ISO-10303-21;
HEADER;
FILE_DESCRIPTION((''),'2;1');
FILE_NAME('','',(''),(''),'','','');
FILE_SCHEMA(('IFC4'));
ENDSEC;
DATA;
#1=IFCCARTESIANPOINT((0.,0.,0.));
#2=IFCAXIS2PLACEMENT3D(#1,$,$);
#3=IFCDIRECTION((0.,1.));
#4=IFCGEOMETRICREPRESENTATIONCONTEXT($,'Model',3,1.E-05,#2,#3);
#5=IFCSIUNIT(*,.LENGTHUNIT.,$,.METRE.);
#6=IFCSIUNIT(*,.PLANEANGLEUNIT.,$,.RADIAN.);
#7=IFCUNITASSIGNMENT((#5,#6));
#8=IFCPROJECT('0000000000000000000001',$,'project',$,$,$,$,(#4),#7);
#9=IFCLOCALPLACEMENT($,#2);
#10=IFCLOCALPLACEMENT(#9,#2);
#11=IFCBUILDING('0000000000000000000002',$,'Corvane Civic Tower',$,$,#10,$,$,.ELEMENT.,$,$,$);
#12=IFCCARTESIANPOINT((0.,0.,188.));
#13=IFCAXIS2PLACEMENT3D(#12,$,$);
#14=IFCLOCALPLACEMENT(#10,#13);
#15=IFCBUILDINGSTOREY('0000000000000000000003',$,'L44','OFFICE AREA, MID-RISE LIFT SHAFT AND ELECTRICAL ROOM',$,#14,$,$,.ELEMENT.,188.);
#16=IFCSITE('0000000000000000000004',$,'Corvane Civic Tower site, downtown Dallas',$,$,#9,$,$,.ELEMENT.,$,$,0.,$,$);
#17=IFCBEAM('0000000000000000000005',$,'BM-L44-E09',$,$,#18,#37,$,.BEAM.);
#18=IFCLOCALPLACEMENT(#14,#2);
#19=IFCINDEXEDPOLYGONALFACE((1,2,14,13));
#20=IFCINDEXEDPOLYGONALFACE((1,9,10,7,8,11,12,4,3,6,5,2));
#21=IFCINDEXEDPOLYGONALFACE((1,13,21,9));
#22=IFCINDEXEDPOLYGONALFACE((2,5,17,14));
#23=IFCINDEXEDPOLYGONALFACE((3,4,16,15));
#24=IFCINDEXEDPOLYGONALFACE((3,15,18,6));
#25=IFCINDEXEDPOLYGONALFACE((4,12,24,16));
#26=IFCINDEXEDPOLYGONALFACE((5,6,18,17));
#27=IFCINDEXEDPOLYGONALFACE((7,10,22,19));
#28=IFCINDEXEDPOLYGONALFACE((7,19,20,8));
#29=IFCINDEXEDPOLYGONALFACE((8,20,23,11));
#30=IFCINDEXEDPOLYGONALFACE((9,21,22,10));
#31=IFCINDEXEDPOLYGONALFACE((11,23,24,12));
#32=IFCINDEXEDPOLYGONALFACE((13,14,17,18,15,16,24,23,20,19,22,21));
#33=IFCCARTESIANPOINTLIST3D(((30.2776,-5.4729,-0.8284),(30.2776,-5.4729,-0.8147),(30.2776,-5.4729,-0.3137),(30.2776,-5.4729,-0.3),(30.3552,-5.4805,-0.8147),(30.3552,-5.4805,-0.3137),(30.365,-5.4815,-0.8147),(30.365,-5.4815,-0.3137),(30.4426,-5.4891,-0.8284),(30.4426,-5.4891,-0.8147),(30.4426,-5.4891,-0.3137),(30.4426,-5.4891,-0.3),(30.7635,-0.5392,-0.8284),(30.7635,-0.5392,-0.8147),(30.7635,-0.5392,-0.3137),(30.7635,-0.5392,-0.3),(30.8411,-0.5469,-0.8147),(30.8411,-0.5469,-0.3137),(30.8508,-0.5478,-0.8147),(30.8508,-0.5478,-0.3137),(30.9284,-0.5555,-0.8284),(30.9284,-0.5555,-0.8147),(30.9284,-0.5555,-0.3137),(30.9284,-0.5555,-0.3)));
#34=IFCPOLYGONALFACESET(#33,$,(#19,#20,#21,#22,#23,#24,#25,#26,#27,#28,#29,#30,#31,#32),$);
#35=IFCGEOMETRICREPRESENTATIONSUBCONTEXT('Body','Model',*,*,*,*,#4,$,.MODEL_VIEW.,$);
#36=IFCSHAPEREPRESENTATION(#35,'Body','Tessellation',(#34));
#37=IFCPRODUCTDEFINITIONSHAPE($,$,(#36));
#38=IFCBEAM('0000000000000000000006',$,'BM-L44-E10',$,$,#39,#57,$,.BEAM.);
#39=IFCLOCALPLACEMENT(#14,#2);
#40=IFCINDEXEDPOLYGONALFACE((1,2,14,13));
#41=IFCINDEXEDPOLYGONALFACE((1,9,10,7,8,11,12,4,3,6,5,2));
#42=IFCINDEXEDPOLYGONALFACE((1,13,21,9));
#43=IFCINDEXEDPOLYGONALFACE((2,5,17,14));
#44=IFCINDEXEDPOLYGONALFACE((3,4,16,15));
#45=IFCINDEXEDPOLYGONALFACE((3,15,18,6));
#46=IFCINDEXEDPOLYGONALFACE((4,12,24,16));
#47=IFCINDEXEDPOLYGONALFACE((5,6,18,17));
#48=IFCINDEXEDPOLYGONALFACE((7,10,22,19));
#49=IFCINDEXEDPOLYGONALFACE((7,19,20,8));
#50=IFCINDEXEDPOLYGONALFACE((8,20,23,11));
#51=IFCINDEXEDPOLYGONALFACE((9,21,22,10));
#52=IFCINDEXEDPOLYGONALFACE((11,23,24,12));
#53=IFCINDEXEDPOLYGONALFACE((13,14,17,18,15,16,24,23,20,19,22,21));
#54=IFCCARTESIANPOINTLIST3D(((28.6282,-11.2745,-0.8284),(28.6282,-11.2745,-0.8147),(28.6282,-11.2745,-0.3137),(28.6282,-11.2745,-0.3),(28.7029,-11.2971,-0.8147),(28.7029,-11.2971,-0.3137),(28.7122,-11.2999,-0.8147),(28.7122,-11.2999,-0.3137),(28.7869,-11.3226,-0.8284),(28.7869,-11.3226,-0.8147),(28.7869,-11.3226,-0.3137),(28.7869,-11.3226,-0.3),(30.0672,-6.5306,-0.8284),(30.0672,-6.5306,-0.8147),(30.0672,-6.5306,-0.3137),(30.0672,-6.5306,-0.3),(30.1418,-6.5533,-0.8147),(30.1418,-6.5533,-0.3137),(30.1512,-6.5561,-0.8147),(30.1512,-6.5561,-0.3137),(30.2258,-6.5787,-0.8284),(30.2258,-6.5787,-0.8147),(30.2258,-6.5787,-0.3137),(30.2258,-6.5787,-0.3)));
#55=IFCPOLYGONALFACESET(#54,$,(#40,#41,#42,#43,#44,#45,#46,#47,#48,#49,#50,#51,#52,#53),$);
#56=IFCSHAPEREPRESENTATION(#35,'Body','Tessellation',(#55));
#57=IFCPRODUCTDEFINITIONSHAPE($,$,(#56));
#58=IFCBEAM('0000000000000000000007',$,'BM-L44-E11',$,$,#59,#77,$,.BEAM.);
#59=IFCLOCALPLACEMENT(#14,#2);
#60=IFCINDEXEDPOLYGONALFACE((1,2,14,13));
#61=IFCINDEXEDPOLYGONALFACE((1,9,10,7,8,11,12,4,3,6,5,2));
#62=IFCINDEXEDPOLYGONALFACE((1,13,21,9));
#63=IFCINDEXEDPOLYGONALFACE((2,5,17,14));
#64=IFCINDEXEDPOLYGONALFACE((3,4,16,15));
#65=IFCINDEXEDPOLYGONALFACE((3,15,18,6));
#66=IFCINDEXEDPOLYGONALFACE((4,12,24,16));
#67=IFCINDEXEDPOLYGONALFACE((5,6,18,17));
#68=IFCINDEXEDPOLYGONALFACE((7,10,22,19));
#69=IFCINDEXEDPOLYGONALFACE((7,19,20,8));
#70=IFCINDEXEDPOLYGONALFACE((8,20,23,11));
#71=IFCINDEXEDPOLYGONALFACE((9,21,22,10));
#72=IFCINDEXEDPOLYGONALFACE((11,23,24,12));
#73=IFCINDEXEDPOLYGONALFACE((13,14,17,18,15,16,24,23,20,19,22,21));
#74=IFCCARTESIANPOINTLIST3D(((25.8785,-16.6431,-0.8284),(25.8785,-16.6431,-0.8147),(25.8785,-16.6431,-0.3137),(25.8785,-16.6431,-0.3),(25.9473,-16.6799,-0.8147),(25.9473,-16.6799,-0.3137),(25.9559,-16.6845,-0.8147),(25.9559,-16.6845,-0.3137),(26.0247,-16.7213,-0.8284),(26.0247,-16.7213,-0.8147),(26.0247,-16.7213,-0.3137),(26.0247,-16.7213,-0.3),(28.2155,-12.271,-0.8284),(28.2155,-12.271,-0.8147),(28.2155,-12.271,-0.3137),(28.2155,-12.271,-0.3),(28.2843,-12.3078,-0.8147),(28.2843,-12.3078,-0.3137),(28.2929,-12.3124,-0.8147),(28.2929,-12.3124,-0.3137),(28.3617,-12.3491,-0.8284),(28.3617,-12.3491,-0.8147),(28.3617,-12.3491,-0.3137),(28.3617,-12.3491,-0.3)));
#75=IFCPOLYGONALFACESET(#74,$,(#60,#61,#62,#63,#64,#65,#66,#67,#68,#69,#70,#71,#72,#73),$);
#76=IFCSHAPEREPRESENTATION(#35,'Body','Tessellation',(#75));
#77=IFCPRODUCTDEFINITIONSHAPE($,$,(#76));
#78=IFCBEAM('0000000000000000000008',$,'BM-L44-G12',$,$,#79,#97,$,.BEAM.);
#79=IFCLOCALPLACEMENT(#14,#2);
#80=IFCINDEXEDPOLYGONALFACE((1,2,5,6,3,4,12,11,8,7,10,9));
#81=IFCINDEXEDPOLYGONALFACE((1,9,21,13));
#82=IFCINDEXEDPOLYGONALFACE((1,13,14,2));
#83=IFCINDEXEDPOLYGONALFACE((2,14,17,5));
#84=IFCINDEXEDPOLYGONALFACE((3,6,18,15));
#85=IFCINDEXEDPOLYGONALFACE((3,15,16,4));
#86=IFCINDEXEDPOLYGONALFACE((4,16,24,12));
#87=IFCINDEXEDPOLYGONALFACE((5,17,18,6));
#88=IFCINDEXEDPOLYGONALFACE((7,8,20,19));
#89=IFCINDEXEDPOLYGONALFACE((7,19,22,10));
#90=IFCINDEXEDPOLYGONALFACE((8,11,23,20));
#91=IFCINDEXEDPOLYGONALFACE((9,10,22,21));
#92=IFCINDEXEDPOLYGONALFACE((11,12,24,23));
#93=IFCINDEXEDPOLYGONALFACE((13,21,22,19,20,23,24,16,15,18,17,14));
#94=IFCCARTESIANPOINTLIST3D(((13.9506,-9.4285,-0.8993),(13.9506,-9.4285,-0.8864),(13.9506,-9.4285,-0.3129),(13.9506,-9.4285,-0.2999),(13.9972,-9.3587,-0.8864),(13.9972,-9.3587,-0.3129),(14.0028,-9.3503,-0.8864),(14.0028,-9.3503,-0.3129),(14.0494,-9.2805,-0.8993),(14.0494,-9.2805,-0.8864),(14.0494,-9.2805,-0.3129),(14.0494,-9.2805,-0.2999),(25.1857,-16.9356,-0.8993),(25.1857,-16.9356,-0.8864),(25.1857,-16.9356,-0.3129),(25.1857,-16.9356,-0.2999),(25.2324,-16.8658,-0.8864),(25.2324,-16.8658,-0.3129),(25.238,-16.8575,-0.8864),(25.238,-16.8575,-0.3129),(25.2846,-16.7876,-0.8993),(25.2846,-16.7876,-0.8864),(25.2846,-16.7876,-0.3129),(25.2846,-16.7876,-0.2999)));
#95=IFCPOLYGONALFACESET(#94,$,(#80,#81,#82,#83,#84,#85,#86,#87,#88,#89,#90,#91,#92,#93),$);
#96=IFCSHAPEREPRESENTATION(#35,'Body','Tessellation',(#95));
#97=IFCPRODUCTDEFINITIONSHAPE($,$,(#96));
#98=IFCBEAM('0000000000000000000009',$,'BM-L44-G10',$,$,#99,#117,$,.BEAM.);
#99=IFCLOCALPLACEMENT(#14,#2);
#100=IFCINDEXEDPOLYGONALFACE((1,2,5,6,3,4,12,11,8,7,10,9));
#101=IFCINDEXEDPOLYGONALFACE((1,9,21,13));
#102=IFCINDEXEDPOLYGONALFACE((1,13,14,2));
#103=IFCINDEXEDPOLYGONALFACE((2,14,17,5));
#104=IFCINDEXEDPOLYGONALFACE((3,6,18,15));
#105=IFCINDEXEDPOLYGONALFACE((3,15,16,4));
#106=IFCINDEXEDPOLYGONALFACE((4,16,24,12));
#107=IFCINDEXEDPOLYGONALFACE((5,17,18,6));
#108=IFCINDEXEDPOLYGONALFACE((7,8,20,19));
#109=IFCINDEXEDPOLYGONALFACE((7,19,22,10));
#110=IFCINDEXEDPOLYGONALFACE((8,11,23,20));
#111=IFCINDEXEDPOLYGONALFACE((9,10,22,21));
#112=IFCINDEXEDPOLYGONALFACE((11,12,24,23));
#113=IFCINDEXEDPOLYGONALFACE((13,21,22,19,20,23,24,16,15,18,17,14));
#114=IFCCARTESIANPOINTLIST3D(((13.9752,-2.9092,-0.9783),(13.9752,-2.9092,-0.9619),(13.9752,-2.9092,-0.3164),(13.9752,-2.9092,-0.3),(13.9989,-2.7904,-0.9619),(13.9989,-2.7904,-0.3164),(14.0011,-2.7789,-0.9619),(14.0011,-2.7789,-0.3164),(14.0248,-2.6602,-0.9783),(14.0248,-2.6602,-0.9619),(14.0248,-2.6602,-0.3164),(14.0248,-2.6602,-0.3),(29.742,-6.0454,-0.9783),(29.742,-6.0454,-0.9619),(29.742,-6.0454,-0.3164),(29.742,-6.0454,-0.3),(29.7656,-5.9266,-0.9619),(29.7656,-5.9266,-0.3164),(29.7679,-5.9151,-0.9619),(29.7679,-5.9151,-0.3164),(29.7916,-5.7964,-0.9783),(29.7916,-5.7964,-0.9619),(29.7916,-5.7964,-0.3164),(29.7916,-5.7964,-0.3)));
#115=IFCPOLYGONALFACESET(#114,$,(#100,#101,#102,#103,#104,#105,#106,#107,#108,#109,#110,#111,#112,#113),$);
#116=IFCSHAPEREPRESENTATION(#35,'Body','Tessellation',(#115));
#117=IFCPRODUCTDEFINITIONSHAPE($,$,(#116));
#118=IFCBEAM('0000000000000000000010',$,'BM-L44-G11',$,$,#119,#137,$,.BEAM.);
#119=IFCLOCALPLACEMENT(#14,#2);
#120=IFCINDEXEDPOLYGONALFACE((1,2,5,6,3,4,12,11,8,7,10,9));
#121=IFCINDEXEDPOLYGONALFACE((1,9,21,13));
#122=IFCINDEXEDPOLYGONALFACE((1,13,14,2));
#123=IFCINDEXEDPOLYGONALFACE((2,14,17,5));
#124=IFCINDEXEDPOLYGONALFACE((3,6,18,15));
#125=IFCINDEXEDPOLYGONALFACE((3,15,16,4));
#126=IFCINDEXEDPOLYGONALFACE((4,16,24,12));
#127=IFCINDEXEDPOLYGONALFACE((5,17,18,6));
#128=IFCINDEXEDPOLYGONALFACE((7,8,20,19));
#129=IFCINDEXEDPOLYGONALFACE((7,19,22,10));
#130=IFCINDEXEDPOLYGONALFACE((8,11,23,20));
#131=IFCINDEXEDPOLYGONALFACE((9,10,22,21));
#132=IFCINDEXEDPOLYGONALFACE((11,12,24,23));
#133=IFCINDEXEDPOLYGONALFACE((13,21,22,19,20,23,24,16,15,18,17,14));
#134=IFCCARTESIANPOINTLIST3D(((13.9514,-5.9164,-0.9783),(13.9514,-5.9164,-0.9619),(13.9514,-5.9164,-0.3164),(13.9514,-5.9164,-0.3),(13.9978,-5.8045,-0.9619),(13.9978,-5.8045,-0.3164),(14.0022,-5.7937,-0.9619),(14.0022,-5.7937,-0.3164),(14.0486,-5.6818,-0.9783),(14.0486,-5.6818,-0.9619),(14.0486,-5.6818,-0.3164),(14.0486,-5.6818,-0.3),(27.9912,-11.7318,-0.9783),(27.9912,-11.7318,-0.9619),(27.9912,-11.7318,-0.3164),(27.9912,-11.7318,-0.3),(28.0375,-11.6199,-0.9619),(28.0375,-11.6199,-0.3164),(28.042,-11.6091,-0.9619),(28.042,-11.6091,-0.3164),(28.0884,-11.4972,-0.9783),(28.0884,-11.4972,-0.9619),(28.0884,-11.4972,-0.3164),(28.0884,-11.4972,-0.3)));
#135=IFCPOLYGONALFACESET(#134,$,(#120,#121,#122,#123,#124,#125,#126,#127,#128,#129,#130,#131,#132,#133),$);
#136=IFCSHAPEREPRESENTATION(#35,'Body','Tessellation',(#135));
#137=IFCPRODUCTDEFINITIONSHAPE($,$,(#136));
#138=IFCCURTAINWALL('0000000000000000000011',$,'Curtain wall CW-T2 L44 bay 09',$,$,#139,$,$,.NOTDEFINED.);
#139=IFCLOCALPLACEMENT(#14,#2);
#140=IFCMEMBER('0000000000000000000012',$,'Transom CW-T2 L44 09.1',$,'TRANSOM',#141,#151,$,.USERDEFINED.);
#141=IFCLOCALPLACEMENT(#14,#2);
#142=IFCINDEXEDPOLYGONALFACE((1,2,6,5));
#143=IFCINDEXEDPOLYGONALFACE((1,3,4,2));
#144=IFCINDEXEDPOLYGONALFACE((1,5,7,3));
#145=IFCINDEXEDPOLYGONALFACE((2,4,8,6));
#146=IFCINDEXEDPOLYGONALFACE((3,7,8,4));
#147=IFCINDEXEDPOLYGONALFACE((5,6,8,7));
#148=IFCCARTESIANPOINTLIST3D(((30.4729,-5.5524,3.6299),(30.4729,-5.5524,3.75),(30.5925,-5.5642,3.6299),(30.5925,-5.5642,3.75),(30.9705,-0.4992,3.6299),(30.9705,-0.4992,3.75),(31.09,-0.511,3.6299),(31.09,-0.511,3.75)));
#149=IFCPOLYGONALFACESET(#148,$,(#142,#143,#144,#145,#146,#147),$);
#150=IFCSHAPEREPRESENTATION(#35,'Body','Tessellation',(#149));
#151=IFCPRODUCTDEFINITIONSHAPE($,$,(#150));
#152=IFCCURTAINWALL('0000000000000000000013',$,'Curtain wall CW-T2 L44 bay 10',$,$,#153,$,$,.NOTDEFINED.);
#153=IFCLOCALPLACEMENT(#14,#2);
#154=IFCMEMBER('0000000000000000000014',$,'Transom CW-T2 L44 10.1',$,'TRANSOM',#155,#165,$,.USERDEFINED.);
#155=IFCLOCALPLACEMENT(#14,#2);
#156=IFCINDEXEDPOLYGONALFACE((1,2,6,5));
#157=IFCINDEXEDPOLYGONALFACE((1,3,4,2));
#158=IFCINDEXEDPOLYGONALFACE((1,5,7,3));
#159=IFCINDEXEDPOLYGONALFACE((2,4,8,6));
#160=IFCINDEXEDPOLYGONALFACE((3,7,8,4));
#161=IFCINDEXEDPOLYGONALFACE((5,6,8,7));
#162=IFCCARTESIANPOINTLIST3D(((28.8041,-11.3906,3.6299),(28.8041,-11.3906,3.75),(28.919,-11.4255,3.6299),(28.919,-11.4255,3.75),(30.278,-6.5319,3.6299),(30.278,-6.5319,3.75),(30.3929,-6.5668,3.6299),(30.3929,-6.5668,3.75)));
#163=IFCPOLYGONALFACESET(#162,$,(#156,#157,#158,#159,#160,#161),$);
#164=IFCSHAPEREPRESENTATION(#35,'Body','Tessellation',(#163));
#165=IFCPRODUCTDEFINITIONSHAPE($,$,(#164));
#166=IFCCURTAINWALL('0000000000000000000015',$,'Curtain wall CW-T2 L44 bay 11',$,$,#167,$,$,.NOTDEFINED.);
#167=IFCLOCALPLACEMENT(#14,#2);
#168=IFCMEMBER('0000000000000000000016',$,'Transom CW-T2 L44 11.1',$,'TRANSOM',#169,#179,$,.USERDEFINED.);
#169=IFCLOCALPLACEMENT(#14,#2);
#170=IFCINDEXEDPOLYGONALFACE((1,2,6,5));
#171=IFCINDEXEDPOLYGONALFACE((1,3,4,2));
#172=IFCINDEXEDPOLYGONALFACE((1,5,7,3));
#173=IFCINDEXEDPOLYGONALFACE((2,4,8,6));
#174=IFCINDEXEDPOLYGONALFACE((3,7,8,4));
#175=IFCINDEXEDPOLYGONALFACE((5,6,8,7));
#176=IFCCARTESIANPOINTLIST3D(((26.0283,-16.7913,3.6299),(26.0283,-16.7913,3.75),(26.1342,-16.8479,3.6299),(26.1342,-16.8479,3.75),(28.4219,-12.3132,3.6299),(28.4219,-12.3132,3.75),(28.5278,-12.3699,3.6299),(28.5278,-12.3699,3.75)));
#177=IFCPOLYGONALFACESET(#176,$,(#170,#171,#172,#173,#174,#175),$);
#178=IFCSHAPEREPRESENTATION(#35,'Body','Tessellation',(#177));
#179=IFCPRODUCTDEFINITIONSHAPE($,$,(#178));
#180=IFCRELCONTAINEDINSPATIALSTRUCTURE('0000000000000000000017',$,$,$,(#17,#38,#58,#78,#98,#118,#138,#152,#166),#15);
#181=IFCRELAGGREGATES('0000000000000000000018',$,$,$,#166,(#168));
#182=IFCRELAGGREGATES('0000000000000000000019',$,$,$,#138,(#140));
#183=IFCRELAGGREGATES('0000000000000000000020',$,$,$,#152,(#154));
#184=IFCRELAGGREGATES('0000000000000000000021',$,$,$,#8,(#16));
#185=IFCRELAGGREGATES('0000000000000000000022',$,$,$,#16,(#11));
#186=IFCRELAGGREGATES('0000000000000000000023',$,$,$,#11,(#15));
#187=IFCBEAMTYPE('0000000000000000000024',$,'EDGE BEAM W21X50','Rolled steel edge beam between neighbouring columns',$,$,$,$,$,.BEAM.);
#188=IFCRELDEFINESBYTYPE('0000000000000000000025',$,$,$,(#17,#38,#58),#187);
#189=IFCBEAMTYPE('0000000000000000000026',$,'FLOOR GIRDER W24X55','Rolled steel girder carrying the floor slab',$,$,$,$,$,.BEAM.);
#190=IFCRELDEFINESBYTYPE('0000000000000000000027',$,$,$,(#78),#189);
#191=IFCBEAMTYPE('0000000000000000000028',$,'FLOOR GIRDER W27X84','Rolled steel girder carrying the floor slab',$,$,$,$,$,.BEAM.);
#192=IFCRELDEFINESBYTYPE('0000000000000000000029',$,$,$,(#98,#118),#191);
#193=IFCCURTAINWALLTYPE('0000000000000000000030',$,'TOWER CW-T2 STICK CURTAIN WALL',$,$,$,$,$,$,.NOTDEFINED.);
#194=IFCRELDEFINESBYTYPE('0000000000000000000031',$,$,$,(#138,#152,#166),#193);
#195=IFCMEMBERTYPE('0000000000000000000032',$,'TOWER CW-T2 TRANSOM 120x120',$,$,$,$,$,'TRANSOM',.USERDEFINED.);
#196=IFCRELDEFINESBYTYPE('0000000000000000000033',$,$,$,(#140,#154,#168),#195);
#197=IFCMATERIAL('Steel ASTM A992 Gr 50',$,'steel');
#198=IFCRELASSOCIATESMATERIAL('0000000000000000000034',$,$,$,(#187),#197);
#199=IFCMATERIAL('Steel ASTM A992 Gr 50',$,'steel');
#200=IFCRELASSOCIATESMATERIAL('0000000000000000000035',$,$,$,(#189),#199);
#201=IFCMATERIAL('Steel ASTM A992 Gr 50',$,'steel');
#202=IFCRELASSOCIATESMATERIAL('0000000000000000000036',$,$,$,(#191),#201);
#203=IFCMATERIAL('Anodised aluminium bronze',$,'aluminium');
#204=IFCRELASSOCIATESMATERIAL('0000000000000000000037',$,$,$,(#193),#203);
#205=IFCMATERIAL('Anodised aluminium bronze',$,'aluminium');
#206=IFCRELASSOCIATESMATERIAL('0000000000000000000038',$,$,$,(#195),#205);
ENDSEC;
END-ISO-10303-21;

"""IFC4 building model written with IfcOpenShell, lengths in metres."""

from ifc_helpers import new_model, si_unit, direction, frame, origin, origin_2d, place, context, subcontext, project, spatial, rectangle, i_section, extrude, material, material_profile, profile_set, type_object, element, aggregate, save


model = new_model("IFC4")

# Units and contexts
model_context = context("Model", 3, precision=1e-05, world=origin(), true_north=direction((0.0, 1.0)))
body_context = subcontext(model_context, "Body", "Model", "MODEL_VIEW")
ifc_project = project(units=[si_unit("LENGTHUNIT", "METRE"), si_unit("PLANEANGLEUNIT", "RADIAN")], contexts=[model_context])

# Site, building, storey
site_placement = place(None, origin())
site = spatial("IfcSite", under=ifc_project, at=site_placement, Name="Corvane Civic Tower site, downtown Dallas", CompositionType="ELEMENT", RefElevation=0.0)
building_placement = place(site_placement, origin())
building = spatial("IfcBuilding", under=site, at=building_placement, Name="Corvane Civic Tower", CompositionType="ELEMENT")
storey_placement = place(building_placement, frame((0.0, 0.0, 188.0)))
storey = spatial("IfcBuildingStorey", under=building, at=storey_placement, Name="L44", Description="OFFICE AREA, MID-RISE LIFT SHAFT AND ELECTRICAL ROOM", CompositionType="ELEMENT", Elevation=188.0)

# Beams
ifc_material_1 = material(Name="Steel ASTM A992 Gr 50", Category="steel")
ifc_material_profile_1 = material_profile(ifc_material_1, i_section(OverallWidth=0.1658, OverallDepth=0.5283, WebThickness=0.0098, FlangeThickness=0.0137, at=origin_2d()), Name="W21X50")
ifc_profile_set_1 = profile_set([ifc_material_profile_1], Name="Steel ASTM A992 Gr 50")
beam_type_1 = type_object("IfcBeamType", Name="EDGE BEAM W21X50", Description="Rolled steel edge beam between neighbouring columns", PredefinedType="BEAM", material=ifc_profile_set_1)
beam_1_placement = place(storey_placement, frame((30.8459, -0.5474, -0.5642), z_axis=(-0.098002, -0.995186, 0.0), x_axis=(0.995186, -0.098002, 0.0)))
element("IfcBeam", 1, at=beam_1_placement, inside=storey, type_object=beam_type_1, Name="BM-L44-E09", PredefinedType="BEAM", context=body_context, shape_type="SweptSolid", body=[
    extrude(i_section(OverallWidth=0.1658, OverallDepth=0.5283, WebThickness=0.0098, FlangeThickness=0.0137, at=origin_2d()), origin(), (0.0, 0.0, 1.0), 4.9575),
])
beam_2_placement = place(storey_placement, frame((30.1465, -6.5547, -0.5642), z_axis=(-0.29027, -0.956945, 0.0), x_axis=(0.956945, -0.29027, 0.0)))
element("IfcBeam", 2, at=beam_2_placement, inside=storey, type_object=beam_type_1, Name="BM-L44-E10", PredefinedType="BEAM", context=body_context, shape_type="SweptSolid", body=[
    extrude(i_section(OverallWidth=0.1658, OverallDepth=0.5283, WebThickness=0.0098, FlangeThickness=0.0137, at=origin_2d()), origin(), (0.0, 0.0, 1.0), 4.9573),
])
beam_3_placement = place(storey_placement, frame((28.2886, -12.3101, -0.5642), z_axis=(-0.471396, -0.881922, 0.0), x_axis=(0.881922, -0.471396, 0.0)))
element("IfcBeam", 3, at=beam_3_placement, inside=storey, type_object=beam_type_1, Name="BM-L44-E11", PredefinedType="BEAM", context=body_context, shape_type="SweptSolid", body=[
    extrude(i_section(OverallWidth=0.1658, OverallDepth=0.5283, WebThickness=0.0098, FlangeThickness=0.0137, at=origin_2d()), origin(), (0.0, 0.0, 1.0), 4.9575),
])
ifc_material_2 = material(Name="Steel ASTM A992 Gr 50", Category="steel")
ifc_material_profile_2 = material_profile(ifc_material_2, i_section(OverallWidth=0.178, OverallDepth=0.5994, WebThickness=0.01, FlangeThickness=0.0129, at=origin_2d()), Name="W24X55")
ifc_profile_set_2 = profile_set([ifc_material_profile_2], Name="Steel ASTM A992 Gr 50")
beam_type_2 = type_object("IfcBeamType", Name="FLOOR GIRDER W24X55", Description="Rolled steel girder carrying the floor slab", PredefinedType="BEAM", material=ifc_profile_set_2)
beam_4_placement = place(storey_placement, frame((14.0, -9.3545, -0.5996), z_axis=(0.831469, -0.555571, 0.0), x_axis=(0.555571, 0.831469, 0.0)))
element("IfcBeam", 4, at=beam_4_placement, inside=storey, type_object=beam_type_2, Name="BM-L44-G12", PredefinedType="BEAM", context=body_context, shape_type="SweptSolid", body=[
    extrude(i_section(OverallWidth=0.178, OverallDepth=0.5994, WebThickness=0.01, FlangeThickness=0.0129, at=origin_2d()), origin(), (0.0, 0.0, 1.0), 13.5125),
])
ifc_material_3 = material(Name="Steel ASTM A992 Gr 50", Category="steel")
ifc_material_profile_3 = material_profile(ifc_material_3, i_section(OverallWidth=0.2539, OverallDepth=0.6782, WebThickness=0.0117, FlangeThickness=0.0164, at=origin_2d()), Name="W27X84")
ifc_profile_set_3 = profile_set([ifc_material_profile_3], Name="Steel ASTM A992 Gr 50")
beam_type_3 = type_object("IfcBeamType", Name="FLOOR GIRDER W27X84", Description="Rolled steel girder carrying the floor slab", PredefinedType="BEAM", material=ifc_profile_set_3)
beam_5_placement = place(storey_placement, frame((14.0, -2.7847, -0.6392), z_axis=(0.980785, -0.195091, 0.0), x_axis=(0.195091, 0.980785, 0.0)))
element("IfcBeam", 5, at=beam_5_placement, inside=storey, type_object=beam_type_3, Name="BM-L44-G10", PredefinedType="BEAM", context=body_context, shape_type="SweptSolid", body=[
    extrude(i_section(OverallWidth=0.2539, OverallDepth=0.6782, WebThickness=0.0117, FlangeThickness=0.0164, at=origin_2d()), origin(), (0.0, 0.0, 1.0), 16.0757),
])
beam_6_placement = place(storey_placement, frame((14.0, -5.7991, -0.6392), z_axis=(0.923881, -0.382681, 0.0), x_axis=(0.382681, 0.923881, 0.0)))
element("IfcBeam", 6, at=beam_6_placement, inside=storey, type_object=beam_type_3, Name="BM-L44-G11", PredefinedType="BEAM", context=body_context, shape_type="SweptSolid", body=[
    extrude(i_section(OverallWidth=0.2539, OverallDepth=0.6782, WebThickness=0.0117, FlangeThickness=0.0164, at=origin_2d()), origin(), (0.0, 0.0, 1.0), 15.1965),
])

# Curtain walls, members
ifc_material_4 = material(Name="Anodised aluminium bronze", Category="aluminium")
curtain_wall_type = type_object("IfcCurtainWallType", Name="TOWER CW-T2 STICK CURTAIN WALL", PredefinedType="NOTDEFINED", material=ifc_material_4)
curtain_wall_1_placement = place(storey_placement, origin())
curtain_wall_1 = element("IfcCurtainWall", 7, at=curtain_wall_1_placement, inside=storey, type_object=curtain_wall_type, Name="Curtain wall CW-T2 L44 bay 09", PredefinedType="NOTDEFINED")
ifc_material_5 = material(Name="Anodised aluminium bronze", Category="aluminium")
ifc_material_profile_4 = material_profile(ifc_material_5, rectangle(XDim=0.1201, YDim=0.1201, at=origin_2d()), Name="TOWER CW-T2 TRANSOM 120x120")
ifc_profile_set_4 = profile_set([ifc_material_profile_4], Name="Anodised aluminium bronze")
member_type = type_object("IfcMemberType", Name="TOWER CW-T2 TRANSOM 120x120", ElementType="TRANSOM", PredefinedType="USERDEFINED", material=ifc_profile_set_4)
member_1_placement = place(storey_placement, frame((31.0303, -0.5051, 3.6899), z_axis=(-0.09799, -0.995187, 0.0), x_axis=(0.995187, -0.09799, 0.0)))
member_1 = element("IfcMember", 8, at=member_1_placement, type_object=member_type, Name="Transom CW-T2 L44 09.1", ObjectType="TRANSOM", PredefinedType="USERDEFINED", context=body_context, shape_type="SweptSolid", body=[
    extrude(rectangle(XDim=0.1201, YDim=0.1201, at=origin_2d()), origin(), (0.0, 0.0, 1.0), 5.0776),
])
curtain_wall_2_placement = place(storey_placement, origin())
curtain_wall_2 = element("IfcCurtainWall", 9, at=curtain_wall_2_placement, inside=storey, type_object=curtain_wall_type, Name="Curtain wall CW-T2 L44 bay 10", PredefinedType="NOTDEFINED")
member_2_placement = place(storey_placement, frame((30.3354, -6.5493, 3.6899), z_axis=(-0.290289, -0.956939, 0.0), x_axis=(0.956939, -0.290289, 0.0)))
member_2 = element("IfcMember", 10, at=member_2_placement, type_object=member_type, Name="Transom CW-T2 L44 10.1", ObjectType="TRANSOM", PredefinedType="USERDEFINED", context=body_context, shape_type="SweptSolid", body=[
    extrude(rectangle(XDim=0.1201, YDim=0.1201, at=origin_2d()), origin(), (0.0, 0.0, 1.0), 5.0774),
])
curtain_wall_3_placement = place(storey_placement, origin())
curtain_wall_3 = element("IfcCurtainWall", 11, at=curtain_wall_3_placement, inside=storey, type_object=curtain_wall_type, Name="Curtain wall CW-T2 L44 bay 11", PredefinedType="NOTDEFINED")
member_3_placement = place(storey_placement, frame((28.4749, -12.3416, 3.6899), z_axis=(-0.471397, -0.881921, 0.0), x_axis=(0.881921, -0.471397, 0.0)))
member_3 = element("IfcMember", 12, at=member_3_placement, type_object=member_type, Name="Transom CW-T2 L44 11.1", ObjectType="TRANSOM", PredefinedType="USERDEFINED", context=body_context, shape_type="SweptSolid", body=[
    extrude(rectangle(XDim=0.1201, YDim=0.1201, at=origin_2d()), origin(), (0.0, 0.0, 1.0), 5.0776),
])
aggregate(curtain_wall_3, [member_3])

aggregate(curtain_wall_1, [member_1])
aggregate(curtain_wall_2, [member_2])

save(model, "model.ifc")
